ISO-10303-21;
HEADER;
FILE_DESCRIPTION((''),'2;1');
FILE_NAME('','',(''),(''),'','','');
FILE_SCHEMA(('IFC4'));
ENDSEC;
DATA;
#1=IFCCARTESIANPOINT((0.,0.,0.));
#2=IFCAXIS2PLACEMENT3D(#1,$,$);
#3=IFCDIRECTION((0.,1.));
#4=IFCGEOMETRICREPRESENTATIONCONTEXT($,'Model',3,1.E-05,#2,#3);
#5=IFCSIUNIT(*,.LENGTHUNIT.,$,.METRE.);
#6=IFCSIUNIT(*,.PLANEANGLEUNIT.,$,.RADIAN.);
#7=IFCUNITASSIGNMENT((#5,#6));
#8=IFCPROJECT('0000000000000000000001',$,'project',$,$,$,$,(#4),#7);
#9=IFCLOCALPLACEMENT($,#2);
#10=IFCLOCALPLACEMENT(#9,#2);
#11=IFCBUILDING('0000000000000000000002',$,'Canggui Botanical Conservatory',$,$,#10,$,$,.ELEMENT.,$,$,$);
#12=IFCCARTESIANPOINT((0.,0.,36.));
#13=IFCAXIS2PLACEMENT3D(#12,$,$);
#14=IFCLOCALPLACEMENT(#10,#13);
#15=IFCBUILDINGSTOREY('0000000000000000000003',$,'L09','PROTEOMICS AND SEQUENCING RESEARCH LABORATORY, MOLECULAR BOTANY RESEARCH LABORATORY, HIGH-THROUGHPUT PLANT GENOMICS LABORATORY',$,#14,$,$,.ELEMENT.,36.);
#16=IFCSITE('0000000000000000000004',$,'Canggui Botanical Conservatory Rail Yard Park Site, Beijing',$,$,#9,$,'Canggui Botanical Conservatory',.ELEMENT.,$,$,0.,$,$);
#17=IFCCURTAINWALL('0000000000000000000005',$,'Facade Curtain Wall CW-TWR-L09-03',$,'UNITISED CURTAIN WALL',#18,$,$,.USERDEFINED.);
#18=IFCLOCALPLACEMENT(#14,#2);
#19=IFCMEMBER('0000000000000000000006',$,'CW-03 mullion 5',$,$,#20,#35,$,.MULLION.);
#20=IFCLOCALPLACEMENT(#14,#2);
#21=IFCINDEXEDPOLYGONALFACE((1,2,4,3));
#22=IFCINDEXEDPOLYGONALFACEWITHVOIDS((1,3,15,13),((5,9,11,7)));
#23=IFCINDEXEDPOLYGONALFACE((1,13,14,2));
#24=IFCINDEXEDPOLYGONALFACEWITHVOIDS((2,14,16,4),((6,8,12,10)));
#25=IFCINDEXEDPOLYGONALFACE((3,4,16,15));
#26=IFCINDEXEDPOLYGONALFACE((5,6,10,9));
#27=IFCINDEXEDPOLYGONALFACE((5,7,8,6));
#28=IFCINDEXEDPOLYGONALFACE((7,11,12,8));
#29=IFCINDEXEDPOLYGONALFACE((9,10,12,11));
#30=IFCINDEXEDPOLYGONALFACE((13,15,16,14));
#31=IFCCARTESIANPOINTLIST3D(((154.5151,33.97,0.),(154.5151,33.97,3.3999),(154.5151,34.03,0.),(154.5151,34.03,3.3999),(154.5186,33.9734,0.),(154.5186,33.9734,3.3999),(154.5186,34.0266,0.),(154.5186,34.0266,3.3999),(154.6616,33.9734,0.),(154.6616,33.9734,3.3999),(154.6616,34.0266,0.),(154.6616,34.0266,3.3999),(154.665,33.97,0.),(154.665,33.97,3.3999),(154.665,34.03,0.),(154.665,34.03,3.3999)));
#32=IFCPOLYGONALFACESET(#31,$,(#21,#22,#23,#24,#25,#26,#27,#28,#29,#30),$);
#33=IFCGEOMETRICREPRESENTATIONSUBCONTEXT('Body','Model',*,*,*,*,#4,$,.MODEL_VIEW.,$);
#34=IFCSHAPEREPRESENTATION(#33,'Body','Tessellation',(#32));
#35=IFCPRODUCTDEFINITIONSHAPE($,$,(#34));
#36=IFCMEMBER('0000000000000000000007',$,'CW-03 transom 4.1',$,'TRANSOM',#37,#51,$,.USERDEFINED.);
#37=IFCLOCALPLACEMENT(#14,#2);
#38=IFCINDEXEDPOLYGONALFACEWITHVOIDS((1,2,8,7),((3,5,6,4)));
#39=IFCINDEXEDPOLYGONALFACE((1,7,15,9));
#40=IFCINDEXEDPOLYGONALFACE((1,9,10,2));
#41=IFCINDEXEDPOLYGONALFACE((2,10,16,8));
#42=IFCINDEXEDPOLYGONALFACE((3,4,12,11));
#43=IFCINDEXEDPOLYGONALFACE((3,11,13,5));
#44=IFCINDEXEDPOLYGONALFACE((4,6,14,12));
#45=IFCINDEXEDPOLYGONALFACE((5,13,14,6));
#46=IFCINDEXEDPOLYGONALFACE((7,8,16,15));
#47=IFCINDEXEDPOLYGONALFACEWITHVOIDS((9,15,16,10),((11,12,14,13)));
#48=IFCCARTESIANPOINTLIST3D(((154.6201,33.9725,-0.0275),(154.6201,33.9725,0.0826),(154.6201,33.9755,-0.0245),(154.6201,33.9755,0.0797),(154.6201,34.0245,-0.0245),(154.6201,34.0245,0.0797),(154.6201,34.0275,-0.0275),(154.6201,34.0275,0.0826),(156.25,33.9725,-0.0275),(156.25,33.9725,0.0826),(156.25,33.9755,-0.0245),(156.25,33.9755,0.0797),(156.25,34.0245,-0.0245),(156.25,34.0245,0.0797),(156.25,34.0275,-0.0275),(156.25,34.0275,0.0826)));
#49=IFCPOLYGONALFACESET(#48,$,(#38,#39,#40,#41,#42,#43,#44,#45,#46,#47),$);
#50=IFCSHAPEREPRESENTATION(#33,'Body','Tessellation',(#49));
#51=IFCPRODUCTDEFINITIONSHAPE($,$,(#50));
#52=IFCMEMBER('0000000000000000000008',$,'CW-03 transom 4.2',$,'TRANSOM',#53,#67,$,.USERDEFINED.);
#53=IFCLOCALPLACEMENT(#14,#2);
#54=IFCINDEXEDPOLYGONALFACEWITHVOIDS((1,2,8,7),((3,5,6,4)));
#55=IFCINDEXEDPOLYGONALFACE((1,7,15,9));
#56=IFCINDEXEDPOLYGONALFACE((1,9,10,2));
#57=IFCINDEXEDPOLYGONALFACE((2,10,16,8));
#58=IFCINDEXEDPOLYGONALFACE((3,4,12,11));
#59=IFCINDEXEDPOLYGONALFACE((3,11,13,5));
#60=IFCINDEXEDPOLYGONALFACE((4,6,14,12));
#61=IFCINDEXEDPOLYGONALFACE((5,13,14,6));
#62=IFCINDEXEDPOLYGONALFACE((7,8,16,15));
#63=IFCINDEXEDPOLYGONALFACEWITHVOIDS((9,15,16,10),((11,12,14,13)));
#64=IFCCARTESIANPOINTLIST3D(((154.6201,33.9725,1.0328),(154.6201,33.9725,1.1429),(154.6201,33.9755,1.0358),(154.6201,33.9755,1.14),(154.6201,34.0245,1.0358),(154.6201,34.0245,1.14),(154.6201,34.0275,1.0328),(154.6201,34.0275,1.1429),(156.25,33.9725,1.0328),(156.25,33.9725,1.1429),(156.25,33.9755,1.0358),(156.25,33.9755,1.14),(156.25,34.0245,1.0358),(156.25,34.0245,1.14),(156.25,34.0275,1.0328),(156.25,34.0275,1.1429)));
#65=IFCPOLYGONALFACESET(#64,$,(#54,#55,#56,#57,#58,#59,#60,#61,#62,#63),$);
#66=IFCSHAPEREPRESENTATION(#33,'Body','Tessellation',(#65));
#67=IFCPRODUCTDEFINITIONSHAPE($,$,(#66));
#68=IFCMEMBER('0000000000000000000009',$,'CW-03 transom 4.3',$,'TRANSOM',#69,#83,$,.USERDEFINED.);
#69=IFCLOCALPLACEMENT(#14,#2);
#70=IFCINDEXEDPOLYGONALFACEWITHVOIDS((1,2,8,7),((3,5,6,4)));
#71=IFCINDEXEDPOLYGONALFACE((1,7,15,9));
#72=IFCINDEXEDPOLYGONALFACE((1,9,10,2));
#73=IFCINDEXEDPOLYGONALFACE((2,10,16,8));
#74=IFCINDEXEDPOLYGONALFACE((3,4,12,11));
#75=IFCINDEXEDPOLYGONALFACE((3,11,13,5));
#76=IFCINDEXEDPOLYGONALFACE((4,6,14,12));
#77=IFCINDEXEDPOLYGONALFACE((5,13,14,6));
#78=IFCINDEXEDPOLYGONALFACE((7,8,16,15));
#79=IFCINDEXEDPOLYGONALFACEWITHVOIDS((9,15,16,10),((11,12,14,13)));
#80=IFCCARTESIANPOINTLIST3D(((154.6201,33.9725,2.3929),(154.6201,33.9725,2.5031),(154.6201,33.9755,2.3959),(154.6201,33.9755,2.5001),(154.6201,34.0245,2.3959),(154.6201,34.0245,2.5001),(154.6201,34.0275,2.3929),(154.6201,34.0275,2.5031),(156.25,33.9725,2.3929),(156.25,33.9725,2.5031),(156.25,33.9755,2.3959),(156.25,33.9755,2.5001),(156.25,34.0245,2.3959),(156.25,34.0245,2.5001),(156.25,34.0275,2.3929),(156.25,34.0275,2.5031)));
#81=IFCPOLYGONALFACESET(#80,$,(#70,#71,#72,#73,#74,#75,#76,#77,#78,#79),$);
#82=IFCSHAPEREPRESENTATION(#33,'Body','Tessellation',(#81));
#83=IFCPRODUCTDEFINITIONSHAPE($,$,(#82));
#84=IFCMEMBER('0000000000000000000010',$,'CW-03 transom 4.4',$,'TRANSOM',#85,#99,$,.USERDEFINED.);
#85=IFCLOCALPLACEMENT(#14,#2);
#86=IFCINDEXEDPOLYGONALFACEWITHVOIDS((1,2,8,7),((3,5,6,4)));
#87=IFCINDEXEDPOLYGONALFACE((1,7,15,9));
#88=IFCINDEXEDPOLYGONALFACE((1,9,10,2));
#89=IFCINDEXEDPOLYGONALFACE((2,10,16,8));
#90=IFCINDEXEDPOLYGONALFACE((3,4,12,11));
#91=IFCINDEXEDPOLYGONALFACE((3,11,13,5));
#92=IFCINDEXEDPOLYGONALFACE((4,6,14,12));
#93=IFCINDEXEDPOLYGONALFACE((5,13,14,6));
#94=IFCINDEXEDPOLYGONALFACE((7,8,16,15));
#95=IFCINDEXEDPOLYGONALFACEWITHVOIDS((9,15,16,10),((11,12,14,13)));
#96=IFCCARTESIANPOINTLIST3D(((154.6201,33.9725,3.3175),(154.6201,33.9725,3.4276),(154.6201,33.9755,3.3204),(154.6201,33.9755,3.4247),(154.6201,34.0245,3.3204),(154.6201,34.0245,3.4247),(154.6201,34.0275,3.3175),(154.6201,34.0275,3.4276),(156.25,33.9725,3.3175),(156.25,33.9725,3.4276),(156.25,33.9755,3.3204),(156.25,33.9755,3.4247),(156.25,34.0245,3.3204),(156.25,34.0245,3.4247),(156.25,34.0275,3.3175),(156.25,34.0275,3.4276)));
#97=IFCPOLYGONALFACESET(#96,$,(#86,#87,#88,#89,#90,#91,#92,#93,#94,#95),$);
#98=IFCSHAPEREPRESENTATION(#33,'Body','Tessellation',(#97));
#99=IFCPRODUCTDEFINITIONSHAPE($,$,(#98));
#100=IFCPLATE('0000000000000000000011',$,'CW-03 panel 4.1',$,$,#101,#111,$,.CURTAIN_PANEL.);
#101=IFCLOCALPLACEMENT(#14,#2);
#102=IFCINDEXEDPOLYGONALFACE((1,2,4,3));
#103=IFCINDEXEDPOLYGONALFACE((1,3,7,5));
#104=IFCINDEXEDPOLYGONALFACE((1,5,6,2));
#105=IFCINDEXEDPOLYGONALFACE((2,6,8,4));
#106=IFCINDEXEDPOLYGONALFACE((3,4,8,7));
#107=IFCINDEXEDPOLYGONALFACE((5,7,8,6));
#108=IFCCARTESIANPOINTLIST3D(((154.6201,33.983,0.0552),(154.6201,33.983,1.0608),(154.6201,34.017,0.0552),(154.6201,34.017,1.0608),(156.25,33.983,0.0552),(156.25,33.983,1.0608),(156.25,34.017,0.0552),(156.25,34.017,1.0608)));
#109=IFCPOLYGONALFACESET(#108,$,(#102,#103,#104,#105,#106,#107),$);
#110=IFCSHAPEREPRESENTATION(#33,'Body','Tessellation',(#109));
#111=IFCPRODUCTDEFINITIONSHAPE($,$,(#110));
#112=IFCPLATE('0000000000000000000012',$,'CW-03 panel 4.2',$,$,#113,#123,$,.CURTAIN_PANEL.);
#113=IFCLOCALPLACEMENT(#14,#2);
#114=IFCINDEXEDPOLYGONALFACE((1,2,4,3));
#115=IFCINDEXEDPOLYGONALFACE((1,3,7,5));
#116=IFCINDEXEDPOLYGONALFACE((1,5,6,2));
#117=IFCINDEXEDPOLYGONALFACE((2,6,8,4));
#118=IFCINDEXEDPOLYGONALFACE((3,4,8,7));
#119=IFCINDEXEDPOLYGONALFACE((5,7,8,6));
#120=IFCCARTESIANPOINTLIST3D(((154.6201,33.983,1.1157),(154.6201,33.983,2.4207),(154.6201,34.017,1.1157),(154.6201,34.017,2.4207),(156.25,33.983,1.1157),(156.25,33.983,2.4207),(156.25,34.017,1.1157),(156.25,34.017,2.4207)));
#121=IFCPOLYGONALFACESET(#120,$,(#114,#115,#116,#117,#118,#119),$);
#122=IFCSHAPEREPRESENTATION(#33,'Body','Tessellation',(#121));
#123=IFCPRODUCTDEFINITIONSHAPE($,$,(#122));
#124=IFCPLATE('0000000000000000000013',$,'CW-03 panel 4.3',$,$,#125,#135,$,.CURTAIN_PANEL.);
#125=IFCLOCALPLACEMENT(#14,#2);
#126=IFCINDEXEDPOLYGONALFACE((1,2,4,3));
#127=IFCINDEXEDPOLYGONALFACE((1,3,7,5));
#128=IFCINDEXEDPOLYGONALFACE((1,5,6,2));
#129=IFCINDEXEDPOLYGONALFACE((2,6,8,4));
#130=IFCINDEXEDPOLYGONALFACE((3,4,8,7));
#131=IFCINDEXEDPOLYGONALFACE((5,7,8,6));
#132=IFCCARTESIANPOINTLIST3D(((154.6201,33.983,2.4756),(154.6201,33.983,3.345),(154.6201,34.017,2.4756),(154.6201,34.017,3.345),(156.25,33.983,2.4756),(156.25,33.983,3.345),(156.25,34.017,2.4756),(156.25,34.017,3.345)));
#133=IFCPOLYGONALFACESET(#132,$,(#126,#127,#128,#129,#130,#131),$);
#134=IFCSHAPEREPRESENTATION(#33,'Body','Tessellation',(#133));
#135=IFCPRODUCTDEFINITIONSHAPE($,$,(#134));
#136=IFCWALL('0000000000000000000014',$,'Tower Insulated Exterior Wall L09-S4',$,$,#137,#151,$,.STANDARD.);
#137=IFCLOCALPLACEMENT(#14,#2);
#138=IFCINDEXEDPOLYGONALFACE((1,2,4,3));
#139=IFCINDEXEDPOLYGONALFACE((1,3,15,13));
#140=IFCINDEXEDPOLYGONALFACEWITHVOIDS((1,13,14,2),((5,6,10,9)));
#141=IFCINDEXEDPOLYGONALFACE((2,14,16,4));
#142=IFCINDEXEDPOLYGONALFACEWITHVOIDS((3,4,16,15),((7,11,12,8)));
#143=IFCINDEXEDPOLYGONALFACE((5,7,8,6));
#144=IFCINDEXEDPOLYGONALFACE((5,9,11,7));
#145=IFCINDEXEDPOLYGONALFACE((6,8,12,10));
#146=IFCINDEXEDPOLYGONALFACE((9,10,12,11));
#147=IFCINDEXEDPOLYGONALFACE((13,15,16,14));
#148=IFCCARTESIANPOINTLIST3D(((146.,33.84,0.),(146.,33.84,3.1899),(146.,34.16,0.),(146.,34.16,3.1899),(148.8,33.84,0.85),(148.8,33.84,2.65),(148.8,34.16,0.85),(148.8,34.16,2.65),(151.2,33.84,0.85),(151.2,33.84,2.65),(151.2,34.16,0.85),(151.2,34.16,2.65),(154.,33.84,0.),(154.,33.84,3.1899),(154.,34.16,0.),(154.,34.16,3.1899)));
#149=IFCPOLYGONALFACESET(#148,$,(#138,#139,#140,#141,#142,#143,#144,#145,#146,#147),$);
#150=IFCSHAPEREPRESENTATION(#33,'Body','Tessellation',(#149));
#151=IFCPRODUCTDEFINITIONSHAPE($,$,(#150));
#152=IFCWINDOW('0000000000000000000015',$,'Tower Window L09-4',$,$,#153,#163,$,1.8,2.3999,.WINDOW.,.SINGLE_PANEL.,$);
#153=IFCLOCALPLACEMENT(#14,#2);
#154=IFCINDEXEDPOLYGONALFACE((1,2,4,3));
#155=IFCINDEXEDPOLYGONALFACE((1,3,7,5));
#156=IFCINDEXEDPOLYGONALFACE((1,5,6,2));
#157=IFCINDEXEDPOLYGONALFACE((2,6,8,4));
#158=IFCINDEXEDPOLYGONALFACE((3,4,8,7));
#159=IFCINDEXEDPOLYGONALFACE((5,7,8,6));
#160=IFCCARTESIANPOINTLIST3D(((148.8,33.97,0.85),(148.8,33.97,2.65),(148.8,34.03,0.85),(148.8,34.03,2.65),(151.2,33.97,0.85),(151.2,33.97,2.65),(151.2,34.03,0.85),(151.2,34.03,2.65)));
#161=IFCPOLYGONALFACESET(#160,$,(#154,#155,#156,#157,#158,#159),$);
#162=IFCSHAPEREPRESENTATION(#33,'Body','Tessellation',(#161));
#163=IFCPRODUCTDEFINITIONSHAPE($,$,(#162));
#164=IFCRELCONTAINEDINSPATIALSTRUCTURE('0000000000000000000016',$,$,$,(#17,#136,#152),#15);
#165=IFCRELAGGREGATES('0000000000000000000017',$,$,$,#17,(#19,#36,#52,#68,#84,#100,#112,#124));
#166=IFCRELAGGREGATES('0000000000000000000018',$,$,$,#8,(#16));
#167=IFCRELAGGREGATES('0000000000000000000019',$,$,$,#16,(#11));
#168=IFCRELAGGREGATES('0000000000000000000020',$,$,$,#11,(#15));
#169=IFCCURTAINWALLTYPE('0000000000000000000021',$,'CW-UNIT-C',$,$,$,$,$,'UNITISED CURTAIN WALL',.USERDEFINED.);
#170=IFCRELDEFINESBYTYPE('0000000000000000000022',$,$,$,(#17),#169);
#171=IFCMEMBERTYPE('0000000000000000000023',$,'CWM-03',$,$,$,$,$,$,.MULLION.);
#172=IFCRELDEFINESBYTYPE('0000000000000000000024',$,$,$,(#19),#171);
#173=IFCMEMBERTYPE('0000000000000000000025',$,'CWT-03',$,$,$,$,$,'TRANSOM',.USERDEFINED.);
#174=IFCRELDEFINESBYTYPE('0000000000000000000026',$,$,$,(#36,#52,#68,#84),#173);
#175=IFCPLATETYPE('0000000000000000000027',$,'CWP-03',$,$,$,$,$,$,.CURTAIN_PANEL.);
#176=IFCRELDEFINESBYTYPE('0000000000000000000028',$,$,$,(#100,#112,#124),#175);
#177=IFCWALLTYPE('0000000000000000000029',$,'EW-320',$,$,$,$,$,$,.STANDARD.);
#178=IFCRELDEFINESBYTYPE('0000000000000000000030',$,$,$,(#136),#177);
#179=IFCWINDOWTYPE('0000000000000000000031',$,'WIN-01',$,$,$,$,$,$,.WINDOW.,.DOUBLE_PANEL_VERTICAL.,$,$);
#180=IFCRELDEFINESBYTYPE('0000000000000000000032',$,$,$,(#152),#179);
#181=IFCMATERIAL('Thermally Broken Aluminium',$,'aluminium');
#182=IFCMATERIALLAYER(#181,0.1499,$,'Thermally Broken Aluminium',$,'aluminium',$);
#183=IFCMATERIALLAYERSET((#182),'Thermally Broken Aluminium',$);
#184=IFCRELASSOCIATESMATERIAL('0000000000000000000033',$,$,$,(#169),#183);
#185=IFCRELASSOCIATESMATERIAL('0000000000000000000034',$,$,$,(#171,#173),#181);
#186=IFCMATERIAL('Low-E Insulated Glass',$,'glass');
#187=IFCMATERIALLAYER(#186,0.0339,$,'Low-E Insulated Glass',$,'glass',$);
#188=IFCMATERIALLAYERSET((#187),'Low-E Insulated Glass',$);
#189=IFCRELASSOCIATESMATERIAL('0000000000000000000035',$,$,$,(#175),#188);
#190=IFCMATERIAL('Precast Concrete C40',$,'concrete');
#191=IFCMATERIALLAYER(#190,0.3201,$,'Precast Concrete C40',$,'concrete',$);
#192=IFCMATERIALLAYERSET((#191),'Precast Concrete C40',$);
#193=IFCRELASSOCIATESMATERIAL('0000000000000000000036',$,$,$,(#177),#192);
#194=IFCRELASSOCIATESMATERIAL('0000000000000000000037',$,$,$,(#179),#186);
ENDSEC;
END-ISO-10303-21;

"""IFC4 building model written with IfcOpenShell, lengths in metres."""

from ifc_helpers import new_model, si_unit, direction, frame, frame_2d, origin, origin_2d, place, context, subcontext, project, spatial, rectangle, hollow_rectangle, extrude, material, layer, layer_set, material_profile, profile_set, type_object, element, fill, aggregate, save


model = new_model("IFC4")

# Units and contexts
model_context = context("Model", 3, precision=1e-05, world=origin(), true_north=direction((0.0, 1.0)))
body_context = subcontext(model_context, "Body", "Model", "MODEL_VIEW")
ifc_project = project(units=[si_unit("LENGTHUNIT", "METRE"), si_unit("PLANEANGLEUNIT", "RADIAN")], contexts=[model_context])

# Site, building, storey
site_placement = place(None, origin())
site = spatial("IfcSite", under=ifc_project, at=site_placement, Name="Canggui Botanical Conservatory Rail Yard Park Site, Beijing", LongName="Canggui Botanical Conservatory", CompositionType="ELEMENT", RefElevation=0.0)
building_placement = place(site_placement, origin())
building = spatial("IfcBuilding", under=site, at=building_placement, Name="Canggui Botanical Conservatory", CompositionType="ELEMENT")
storey_placement = place(building_placement, frame((0.0, 0.0, 36.0)))
storey = spatial("IfcBuildingStorey", under=building, at=storey_placement, Name="L09", Description="PROTEOMICS AND SEQUENCING RESEARCH LABORATORY, MOLECULAR BOTANY RESEARCH LABORATORY, HIGH-THROUGHPUT PLANT GENOMICS LABORATORY", CompositionType="ELEMENT", Elevation=36.0)

# Curtain wall, members, plates
ifc_material_1 = material(Name="Thermally Broken Aluminium", Category="aluminium")
ifc_layer_1 = layer(ifc_material_1, 0.1499, Name="Thermally Broken Aluminium", Category="aluminium")
ifc_layer_set_1 = layer_set([ifc_layer_1], Name="Thermally Broken Aluminium")
curtain_wall_type = type_object("IfcCurtainWallType", Name="CW-UNIT-C", ElementType="UNITISED CURTAIN WALL", PredefinedType="USERDEFINED", material=ifc_layer_set_1)
curtain_wall_placement = place(storey_placement, origin())
curtain_wall = element("IfcCurtainWall", 1, at=curtain_wall_placement, inside=storey, type_object=curtain_wall_type, Name="Facade Curtain Wall CW-TWR-L09-03", ObjectType="UNITISED CURTAIN WALL", PredefinedType="USERDEFINED")
ifc_material_profile_1 = material_profile(ifc_material_1, hollow_rectangle(XDim=0.0601, YDim=0.1499, WallThickness=0.0034, at=origin_2d()), Name="CWM 60x150x3.5")
ifc_profile_set_1 = profile_set([ifc_material_profile_1], Name="Thermally Broken Aluminium")
member_type_1 = type_object("IfcMemberType", Name="CWM-03", PredefinedType="MULLION", material=ifc_profile_set_1)
member_1_placement = place(storey_placement, frame((154.5901, 34.0, 0.0), z_axis=(0.0, 0.0, 1.0), x_axis=(0.0, -1.0, 0.0)))
member_1 = element("IfcMember", 2, at=member_1_placement, type_object=member_type_1, Name="CW-03 mullion 5", PredefinedType="MULLION", context=body_context, shape_type="SweptSolid", body=[
    extrude(hollow_rectangle(XDim=0.0601, YDim=0.1499, WallThickness=0.0034, at=origin_2d()), origin(), (0.0, 0.0, 1.0), 3.3999),
])
ifc_material_profile_2 = material_profile(ifc_material_1, hollow_rectangle(XDim=0.0549, YDim=0.1101, WallThickness=0.0029, at=origin_2d()), Name="CWT 55x110x3")
ifc_profile_set_2 = profile_set([ifc_material_profile_2], Name="Thermally Broken Aluminium")
member_type_2 = type_object("IfcMemberType", Name="CWT-03", ElementType="TRANSOM", PredefinedType="USERDEFINED", material=ifc_profile_set_2)
member_2_placement = place(storey_placement, frame((156.25, 34.0, 0.0276), z_axis=(-1.0, 0.0, 0.0), x_axis=(0.0, -1.0, 0.0)))
member_2 = element("IfcMember", 3, at=member_2_placement, type_object=member_type_2, Name="CW-03 transom 4.1", ObjectType="TRANSOM", PredefinedType="USERDEFINED", context=body_context, shape_type="SweptSolid", body=[
    extrude(hollow_rectangle(XDim=0.0549, YDim=0.1101, WallThickness=0.0029, at=origin_2d()), origin(), (0.0, 0.0, 1.0), 1.6299),
])
member_3_placement = place(storey_placement, frame((156.25, 34.0, 1.0879), z_axis=(-1.0, 0.0, 0.0), x_axis=(0.0, -1.0, 0.0)))
member_3 = element("IfcMember", 4, at=member_3_placement, type_object=member_type_2, Name="CW-03 transom 4.2", ObjectType="TRANSOM", PredefinedType="USERDEFINED", context=body_context, shape_type="SweptSolid", body=[
    extrude(hollow_rectangle(XDim=0.0549, YDim=0.1101, WallThickness=0.0029, at=origin_2d()), origin(), (0.0, 0.0, 1.0), 1.6299),
])
member_4_placement = place(storey_placement, frame((156.25, 34.0, 2.448), z_axis=(-1.0, 0.0, 0.0), x_axis=(0.0, -1.0, 0.0)))
member_4 = element("IfcMember", 5, at=member_4_placement, type_object=member_type_2, Name="CW-03 transom 4.3", ObjectType="TRANSOM", PredefinedType="USERDEFINED", context=body_context, shape_type="SweptSolid", body=[
    extrude(hollow_rectangle(XDim=0.0549, YDim=0.1101, WallThickness=0.0029, at=origin_2d()), origin(), (0.0, 0.0, 1.0), 1.6299),
])
member_5_placement = place(storey_placement, frame((156.25, 34.0, 3.3726), z_axis=(-1.0, 0.0, 0.0), x_axis=(0.0, -1.0, 0.0)))
member_5 = element("IfcMember", 6, at=member_5_placement, type_object=member_type_2, Name="CW-03 transom 4.4", ObjectType="TRANSOM", PredefinedType="USERDEFINED", context=body_context, shape_type="SweptSolid", body=[
    extrude(hollow_rectangle(XDim=0.0549, YDim=0.1101, WallThickness=0.0029, at=origin_2d()), origin(), (0.0, 0.0, 1.0), 1.6299),
])
ifc_material_2 = material(Name="Low-E Insulated Glass", Category="glass")
ifc_layer_2 = layer(ifc_material_2, 0.0339, Name="Low-E Insulated Glass", Category="glass")
ifc_layer_set_2 = layer_set([ifc_layer_2], Name="Low-E Insulated Glass")
plate_type = type_object("IfcPlateType", Name="CWP-03", PredefinedType="CURTAIN_PANEL", material=ifc_layer_set_2)
plate_1_placement = place(storey_placement, frame((155.4351, 34.0, 0.0552), z_axis=(0.0, 0.0, 1.0), x_axis=(-1.0, 0.0, 0.0)))
plate_1 = element("IfcPlate", 7, at=plate_1_placement, type_object=plate_type, Name="CW-03 panel 4.1", PredefinedType="CURTAIN_PANEL", context=body_context, shape_type="SweptSolid", body=[
    extrude(rectangle(XDim=1.6299, YDim=0.0339, at=origin_2d()), origin(), (0.0, 0.0, 1.0), 1.0056),
])
plate_2_placement = place(storey_placement, frame((155.4351, 34.0, 1.1157), z_axis=(0.0, 0.0, 1.0), x_axis=(-1.0, 0.0, 0.0)))
plate_2 = element("IfcPlate", 8, at=plate_2_placement, type_object=plate_type, Name="CW-03 panel 4.2", PredefinedType="CURTAIN_PANEL", context=body_context, shape_type="SweptSolid", body=[
    extrude(rectangle(XDim=1.6299, YDim=0.0339, at=origin_2d()), origin(), (0.0, 0.0, 1.0), 1.3049),
])
plate_3_placement = place(storey_placement, frame((155.4351, 34.0, 2.4756), z_axis=(0.0, 0.0, 1.0), x_axis=(-1.0, 0.0, 0.0)))
plate_3 = element("IfcPlate", 9, at=plate_3_placement, type_object=plate_type, Name="CW-03 panel 4.3", PredefinedType="CURTAIN_PANEL", context=body_context, shape_type="SweptSolid", body=[
    extrude(rectangle(XDim=1.6299, YDim=0.0339, at=origin_2d()), origin(), (0.0, 0.0, 1.0), 0.8694),
])
aggregate(curtain_wall, [member_1, member_2, member_3, member_4, member_5, plate_1, plate_2, plate_3])

# Wall, opening, window
ifc_material_3 = material(Name="Precast Concrete C40", Category="concrete")
ifc_layer_3 = layer(ifc_material_3, 0.3201, Name="Precast Concrete C40", Category="concrete")
ifc_layer_set_3 = layer_set([ifc_layer_3], Name="Precast Concrete C40")
wall_type_1 = type_object("IfcWallType", Name="EW-320", PredefinedType="STANDARD", material=ifc_layer_set_3)
wall_1_placement = place(storey_placement, frame((154.0, 34.0, 0.0), z_axis=(0.0, 0.0, 1.0), x_axis=(-1.0, 0.0, 0.0)))
wall_1 = element("IfcWall", 10, at=wall_1_placement, inside=storey, type_object=wall_type_1, Name="Tower Insulated Exterior Wall L09-S4", PredefinedType="STANDARD", context=body_context, shape_type="SweptSolid", body=[
    extrude(rectangle(XDim=8.0, YDim=0.3201, at=frame_2d((4.0, 0.0))), origin(), (0.0, 0.0, 1.0), 3.1899),
])
opening_1_placement = place(wall_1_placement, frame((2.8, 0.0, 0.8501)))
opening_1 = element("IfcOpeningElement", 11, at=opening_1_placement, cuts=wall_1, PredefinedType="OPENING", context=body_context, shape_type="SweptSolid", body=[
    extrude(rectangle(XDim=2.3999, YDim=1.8, at=frame_2d((1.2, 0.8999))), frame((0.0, 0.1699, 0.0), z_axis=(0.0, -1.0, 0.0), x_axis=(1.0, 0.0, 0.0)), (0.0, 0.0, 1.0), 0.3401),
])
window_type = type_object("IfcWindowType", Name="WIN-01", PartitioningType="DOUBLE_PANEL_VERTICAL", PredefinedType="WINDOW", material=ifc_material_2)
window_placement = place(opening_1_placement, origin())
window = element("IfcWindow", 12, at=window_placement, inside=storey, type_object=window_type, Name="Tower Window L09-4", OverallHeight=1.8, OverallWidth=2.3999, PartitioningType="SINGLE_PANEL", PredefinedType="WINDOW", context=body_context, shape_type="SweptSolid", body=[
    extrude(rectangle(XDim=2.3999, YDim=1.8, at=frame_2d((1.2, 0.8999))), frame((0.0, 0.03, 0.0), z_axis=(0.0, -1.0, 0.0), x_axis=(1.0, 0.0, 0.0)), (0.0, 0.0, 1.0), 0.0601),
])
fill(opening_1, window)

save(model, "model.ifc")
